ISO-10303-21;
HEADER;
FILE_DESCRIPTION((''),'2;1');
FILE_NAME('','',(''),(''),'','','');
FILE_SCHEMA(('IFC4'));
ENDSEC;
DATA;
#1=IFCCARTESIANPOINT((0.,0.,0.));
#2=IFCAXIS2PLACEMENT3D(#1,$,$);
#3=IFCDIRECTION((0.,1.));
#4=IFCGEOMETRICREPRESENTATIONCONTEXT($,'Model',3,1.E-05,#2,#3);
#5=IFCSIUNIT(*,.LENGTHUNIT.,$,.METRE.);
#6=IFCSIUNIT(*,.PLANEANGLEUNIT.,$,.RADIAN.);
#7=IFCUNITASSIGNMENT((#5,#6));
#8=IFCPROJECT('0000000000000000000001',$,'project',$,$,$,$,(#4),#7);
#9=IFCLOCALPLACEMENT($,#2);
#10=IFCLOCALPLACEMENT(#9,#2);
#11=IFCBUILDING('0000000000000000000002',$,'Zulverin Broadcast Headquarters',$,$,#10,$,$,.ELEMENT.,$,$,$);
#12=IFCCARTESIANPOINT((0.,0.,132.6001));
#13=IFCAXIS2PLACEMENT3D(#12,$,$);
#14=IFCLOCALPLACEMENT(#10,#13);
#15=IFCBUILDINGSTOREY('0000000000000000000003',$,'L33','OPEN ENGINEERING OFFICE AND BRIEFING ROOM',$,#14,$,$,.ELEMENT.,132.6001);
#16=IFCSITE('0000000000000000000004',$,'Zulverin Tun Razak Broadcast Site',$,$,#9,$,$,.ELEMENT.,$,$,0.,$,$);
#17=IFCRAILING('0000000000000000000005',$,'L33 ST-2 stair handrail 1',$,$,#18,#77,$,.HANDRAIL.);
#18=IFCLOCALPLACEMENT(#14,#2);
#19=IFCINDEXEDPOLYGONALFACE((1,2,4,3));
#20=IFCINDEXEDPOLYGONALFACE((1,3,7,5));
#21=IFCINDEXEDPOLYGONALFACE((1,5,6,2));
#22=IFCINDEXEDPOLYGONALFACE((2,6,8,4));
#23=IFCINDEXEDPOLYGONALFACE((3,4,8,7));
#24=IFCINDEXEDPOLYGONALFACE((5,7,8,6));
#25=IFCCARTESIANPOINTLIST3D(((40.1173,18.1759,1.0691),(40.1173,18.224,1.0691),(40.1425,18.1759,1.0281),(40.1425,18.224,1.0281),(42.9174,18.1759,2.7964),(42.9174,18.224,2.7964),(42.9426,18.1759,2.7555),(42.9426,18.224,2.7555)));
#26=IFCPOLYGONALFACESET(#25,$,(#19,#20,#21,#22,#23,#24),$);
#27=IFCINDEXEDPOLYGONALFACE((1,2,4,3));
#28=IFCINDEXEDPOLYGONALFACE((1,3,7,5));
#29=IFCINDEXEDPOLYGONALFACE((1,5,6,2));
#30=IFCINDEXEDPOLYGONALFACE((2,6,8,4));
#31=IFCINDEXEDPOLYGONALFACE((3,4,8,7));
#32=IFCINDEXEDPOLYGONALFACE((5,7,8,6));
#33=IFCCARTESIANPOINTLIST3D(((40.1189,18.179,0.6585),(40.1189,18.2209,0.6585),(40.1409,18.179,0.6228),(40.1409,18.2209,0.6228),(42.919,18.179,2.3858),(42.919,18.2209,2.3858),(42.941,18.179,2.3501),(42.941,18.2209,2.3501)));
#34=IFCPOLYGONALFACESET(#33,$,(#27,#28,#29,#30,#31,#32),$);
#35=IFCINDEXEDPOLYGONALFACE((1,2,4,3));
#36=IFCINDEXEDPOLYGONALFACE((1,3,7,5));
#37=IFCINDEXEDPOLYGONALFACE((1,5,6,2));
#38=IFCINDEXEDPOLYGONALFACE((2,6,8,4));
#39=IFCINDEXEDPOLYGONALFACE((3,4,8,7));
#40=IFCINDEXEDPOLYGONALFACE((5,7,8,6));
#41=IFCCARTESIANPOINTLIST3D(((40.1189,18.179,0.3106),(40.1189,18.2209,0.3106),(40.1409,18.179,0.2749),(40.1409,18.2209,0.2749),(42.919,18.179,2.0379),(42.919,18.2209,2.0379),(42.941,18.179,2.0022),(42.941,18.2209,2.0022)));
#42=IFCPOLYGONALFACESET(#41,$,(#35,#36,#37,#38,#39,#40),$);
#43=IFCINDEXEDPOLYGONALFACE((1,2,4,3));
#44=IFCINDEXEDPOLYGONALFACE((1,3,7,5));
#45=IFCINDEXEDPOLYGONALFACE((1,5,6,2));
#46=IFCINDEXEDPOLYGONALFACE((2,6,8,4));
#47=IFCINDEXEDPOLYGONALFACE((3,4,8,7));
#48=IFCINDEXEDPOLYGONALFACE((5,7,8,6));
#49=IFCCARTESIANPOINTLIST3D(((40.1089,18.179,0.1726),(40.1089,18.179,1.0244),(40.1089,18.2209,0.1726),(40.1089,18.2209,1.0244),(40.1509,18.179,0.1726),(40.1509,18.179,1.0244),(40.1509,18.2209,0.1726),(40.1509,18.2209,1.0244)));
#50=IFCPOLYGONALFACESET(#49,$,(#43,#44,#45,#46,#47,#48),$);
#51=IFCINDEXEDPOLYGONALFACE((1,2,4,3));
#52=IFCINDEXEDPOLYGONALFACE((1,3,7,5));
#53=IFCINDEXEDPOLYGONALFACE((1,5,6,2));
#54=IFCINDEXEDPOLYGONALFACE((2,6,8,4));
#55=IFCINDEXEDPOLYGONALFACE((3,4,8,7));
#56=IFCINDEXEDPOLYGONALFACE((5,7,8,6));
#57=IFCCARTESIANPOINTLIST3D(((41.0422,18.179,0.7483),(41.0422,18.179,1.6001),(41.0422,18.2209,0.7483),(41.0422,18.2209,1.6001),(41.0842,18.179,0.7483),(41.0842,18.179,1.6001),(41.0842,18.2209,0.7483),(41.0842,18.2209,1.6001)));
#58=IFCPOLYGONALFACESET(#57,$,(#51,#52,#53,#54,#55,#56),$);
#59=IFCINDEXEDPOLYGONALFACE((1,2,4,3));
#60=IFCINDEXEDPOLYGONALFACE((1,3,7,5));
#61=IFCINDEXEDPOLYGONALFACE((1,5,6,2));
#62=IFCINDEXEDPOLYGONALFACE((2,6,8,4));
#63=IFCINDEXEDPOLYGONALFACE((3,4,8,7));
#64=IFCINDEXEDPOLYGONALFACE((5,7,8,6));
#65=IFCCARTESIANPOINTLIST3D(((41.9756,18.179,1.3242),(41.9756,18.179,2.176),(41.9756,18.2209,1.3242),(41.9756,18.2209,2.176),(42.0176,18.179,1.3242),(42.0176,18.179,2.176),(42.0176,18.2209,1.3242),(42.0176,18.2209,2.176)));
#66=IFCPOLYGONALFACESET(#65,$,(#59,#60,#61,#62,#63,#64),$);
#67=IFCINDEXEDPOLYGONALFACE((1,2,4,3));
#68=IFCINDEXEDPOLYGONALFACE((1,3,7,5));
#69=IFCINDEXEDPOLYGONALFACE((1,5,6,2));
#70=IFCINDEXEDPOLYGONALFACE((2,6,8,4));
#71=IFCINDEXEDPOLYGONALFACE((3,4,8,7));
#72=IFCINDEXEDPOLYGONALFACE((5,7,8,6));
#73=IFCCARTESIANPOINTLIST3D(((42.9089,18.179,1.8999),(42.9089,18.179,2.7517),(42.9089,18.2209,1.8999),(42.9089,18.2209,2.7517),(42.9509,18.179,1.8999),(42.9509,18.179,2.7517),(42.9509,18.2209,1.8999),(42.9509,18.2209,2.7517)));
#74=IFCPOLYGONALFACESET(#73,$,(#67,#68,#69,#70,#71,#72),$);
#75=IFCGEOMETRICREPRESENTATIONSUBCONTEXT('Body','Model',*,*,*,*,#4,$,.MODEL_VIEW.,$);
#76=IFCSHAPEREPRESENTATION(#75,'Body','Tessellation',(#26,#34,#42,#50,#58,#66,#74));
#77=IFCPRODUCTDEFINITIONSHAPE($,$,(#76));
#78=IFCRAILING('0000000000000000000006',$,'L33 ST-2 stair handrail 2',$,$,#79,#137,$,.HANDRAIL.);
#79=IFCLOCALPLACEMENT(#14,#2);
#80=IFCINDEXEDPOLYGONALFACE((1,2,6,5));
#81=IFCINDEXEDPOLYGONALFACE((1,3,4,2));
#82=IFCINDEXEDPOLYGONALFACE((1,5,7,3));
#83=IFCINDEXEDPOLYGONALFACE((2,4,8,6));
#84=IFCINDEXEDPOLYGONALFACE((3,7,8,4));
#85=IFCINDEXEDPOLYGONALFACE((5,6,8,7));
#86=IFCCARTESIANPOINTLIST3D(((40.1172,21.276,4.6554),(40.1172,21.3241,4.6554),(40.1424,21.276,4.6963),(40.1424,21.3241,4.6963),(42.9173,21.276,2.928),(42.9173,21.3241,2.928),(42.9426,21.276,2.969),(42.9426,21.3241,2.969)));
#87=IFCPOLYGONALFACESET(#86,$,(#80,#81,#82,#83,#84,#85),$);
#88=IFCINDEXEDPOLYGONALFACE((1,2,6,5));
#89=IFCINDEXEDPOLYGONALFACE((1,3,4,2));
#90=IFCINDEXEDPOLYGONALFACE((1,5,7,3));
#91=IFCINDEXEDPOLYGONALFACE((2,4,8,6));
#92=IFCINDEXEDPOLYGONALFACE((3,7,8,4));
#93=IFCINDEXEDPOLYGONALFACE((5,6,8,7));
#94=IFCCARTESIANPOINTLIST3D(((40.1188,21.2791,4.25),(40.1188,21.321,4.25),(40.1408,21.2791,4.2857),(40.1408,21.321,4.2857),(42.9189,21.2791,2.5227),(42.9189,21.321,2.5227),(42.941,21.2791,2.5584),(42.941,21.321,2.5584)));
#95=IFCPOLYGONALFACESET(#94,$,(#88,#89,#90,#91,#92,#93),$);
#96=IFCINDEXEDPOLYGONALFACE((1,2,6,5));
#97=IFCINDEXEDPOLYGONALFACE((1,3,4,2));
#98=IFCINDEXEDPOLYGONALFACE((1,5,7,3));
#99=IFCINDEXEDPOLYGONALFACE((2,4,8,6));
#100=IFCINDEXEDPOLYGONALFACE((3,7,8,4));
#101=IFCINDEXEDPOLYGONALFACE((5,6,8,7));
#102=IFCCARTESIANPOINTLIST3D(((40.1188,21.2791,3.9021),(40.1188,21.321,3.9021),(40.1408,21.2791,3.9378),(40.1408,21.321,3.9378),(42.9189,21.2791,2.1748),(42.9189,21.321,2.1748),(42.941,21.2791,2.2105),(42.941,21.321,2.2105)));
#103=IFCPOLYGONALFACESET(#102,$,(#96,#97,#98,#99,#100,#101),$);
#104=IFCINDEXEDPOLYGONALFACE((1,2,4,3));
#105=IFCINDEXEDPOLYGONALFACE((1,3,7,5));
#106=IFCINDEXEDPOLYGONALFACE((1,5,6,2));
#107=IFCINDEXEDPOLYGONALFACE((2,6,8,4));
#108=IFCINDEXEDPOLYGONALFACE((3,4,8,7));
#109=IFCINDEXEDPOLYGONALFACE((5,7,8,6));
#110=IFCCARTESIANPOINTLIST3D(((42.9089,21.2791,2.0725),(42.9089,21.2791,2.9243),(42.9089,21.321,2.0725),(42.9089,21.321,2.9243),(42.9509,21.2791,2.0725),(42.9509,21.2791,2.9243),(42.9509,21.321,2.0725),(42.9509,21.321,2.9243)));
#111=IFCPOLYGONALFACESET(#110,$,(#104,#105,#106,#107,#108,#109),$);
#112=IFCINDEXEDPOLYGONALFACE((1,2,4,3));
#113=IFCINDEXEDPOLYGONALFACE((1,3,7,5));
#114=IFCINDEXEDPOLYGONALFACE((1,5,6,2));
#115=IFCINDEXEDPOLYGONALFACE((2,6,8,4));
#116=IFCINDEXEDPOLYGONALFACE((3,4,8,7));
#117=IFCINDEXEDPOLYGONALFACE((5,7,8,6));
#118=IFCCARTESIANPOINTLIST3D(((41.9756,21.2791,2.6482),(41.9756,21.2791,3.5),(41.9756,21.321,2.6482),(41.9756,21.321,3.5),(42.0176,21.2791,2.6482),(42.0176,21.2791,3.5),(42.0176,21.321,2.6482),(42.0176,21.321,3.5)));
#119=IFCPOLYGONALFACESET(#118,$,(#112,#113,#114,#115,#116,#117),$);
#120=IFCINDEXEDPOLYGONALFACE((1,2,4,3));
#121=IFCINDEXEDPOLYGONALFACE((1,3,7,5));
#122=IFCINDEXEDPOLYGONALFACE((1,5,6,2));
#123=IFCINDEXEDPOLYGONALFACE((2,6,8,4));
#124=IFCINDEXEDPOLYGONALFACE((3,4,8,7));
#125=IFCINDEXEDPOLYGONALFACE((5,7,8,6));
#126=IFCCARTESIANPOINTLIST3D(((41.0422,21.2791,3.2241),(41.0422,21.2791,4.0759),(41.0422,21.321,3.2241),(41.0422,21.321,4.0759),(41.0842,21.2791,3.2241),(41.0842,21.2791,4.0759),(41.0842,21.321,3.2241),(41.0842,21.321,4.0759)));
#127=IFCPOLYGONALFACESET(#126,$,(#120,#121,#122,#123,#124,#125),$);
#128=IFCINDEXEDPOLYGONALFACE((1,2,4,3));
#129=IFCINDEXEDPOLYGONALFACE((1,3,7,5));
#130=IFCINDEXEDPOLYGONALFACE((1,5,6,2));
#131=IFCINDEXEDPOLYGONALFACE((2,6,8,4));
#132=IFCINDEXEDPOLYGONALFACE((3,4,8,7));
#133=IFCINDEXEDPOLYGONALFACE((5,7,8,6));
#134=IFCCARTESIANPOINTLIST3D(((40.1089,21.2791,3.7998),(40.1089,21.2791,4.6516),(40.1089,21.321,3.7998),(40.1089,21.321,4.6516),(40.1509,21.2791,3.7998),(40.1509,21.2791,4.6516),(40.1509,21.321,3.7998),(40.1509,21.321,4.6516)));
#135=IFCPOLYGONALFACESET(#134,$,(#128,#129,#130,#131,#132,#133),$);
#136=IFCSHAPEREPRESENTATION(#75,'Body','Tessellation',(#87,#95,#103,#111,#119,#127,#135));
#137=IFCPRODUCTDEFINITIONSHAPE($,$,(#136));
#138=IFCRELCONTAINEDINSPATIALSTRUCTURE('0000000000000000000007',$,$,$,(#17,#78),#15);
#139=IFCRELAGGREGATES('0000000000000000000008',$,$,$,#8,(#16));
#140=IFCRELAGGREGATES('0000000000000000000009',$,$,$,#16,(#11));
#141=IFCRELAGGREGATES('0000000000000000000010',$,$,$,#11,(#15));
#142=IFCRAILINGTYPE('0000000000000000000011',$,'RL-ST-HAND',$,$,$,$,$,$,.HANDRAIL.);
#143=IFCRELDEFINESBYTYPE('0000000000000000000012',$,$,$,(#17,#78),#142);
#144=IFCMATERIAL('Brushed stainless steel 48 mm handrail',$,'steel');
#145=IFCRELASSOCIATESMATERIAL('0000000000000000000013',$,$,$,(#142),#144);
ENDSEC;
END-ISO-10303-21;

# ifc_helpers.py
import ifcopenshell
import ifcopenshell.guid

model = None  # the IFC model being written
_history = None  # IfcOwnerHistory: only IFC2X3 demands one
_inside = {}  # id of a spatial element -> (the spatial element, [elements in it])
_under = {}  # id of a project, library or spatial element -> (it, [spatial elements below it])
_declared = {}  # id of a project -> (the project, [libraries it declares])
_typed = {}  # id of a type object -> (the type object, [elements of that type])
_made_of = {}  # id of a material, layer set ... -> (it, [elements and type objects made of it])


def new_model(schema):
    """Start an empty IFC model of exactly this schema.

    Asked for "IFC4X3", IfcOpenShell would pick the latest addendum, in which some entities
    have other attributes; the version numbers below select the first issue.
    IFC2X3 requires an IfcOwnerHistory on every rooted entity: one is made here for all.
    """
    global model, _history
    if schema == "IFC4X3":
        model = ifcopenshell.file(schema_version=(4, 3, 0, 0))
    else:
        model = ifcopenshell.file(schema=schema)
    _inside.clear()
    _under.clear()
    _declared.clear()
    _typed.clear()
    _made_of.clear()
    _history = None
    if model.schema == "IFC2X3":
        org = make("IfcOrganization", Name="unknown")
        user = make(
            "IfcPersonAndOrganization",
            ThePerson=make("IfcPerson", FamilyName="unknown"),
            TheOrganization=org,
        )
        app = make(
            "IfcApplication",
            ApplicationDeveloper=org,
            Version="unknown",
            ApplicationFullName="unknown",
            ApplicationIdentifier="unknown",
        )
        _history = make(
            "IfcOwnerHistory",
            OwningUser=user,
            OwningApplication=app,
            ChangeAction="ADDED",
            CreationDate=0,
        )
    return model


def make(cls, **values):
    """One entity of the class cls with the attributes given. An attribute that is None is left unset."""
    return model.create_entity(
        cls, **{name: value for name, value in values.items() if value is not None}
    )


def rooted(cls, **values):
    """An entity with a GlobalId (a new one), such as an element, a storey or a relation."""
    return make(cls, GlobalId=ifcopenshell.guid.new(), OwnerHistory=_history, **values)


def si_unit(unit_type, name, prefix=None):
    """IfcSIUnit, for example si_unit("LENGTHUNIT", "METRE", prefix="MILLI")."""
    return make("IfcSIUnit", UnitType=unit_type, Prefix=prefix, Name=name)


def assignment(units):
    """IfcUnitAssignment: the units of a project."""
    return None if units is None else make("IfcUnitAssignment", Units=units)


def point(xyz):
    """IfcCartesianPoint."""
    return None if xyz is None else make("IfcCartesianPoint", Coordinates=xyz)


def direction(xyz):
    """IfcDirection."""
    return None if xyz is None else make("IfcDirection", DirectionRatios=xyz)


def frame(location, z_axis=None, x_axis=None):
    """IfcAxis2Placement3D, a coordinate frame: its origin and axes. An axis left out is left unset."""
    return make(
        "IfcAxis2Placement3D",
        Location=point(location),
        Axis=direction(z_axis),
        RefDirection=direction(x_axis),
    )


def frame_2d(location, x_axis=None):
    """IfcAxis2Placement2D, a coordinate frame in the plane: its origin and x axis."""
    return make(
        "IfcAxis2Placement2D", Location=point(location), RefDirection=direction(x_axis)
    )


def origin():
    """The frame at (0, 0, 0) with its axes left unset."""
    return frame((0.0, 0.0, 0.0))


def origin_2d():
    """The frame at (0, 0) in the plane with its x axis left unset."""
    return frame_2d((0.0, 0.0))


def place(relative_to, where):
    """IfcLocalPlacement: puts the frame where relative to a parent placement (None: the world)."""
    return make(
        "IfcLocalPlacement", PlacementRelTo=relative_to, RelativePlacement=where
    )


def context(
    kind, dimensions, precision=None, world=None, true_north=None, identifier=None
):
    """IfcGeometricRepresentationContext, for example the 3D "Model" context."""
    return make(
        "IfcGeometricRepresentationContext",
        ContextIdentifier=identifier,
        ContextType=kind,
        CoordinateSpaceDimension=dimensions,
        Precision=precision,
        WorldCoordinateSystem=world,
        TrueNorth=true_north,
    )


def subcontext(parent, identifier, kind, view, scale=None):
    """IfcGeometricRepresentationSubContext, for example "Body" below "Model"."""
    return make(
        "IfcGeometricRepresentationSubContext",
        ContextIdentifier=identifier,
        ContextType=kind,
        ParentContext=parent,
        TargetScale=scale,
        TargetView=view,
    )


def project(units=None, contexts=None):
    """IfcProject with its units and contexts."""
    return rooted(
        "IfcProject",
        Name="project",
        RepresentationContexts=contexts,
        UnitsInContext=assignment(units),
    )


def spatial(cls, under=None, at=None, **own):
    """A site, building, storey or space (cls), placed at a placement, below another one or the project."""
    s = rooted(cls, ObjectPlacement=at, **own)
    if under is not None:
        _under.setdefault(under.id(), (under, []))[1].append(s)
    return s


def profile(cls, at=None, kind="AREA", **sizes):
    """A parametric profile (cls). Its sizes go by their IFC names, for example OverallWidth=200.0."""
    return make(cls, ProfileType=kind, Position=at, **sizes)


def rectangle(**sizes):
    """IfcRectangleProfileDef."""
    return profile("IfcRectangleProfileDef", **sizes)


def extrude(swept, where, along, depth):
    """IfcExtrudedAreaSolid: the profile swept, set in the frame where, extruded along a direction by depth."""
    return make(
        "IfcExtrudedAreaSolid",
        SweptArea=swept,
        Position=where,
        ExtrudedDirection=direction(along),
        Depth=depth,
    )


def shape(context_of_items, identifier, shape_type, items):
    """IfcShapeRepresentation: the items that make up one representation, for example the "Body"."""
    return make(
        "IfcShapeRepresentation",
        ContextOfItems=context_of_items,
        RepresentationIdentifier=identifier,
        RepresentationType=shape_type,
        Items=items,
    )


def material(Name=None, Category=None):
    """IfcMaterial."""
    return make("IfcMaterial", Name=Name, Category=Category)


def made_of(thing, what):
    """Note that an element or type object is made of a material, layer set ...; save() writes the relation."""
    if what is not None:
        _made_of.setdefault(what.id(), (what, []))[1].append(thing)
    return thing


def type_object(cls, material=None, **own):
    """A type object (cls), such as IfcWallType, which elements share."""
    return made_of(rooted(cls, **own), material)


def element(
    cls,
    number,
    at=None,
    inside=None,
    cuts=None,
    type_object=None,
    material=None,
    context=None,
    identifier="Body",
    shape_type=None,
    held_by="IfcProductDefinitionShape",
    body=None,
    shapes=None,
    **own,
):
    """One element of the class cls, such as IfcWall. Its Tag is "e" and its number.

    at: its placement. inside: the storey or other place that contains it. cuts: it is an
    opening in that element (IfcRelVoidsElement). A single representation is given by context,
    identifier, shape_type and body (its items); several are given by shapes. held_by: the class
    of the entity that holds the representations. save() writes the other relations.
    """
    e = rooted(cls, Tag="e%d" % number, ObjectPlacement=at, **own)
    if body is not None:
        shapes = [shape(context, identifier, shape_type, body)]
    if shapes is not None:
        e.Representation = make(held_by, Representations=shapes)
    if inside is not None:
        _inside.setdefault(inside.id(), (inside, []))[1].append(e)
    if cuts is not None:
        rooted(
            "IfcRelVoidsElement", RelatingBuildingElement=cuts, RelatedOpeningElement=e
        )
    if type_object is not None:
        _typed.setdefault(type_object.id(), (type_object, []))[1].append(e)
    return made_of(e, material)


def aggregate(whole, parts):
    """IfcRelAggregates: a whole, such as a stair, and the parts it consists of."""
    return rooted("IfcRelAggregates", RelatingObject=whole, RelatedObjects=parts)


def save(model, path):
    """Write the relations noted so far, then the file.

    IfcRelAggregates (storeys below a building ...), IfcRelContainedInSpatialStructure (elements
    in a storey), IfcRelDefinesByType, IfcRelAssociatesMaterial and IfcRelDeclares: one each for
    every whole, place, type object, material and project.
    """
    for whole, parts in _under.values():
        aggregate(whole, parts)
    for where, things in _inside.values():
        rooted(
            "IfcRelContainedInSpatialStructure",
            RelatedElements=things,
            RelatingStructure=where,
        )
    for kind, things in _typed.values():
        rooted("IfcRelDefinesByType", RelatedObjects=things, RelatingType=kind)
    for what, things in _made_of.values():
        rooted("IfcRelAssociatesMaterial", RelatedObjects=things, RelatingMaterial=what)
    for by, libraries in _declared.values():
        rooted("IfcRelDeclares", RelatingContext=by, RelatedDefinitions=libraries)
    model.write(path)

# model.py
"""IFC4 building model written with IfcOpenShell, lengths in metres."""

from ifc_helpers import new_model, si_unit, direction, frame, origin, origin_2d, place, context, subcontext, project, spatial, rectangle, extrude, material, type_object, element, save


model = new_model("IFC4")

# Units and contexts
model_context = context("Model", 3, precision=1e-05, world=origin(), true_north=direction((0.0, 1.0)))
body_context = subcontext(model_context, "Body", "Model", "MODEL_VIEW")
ifc_project = project(units=[si_unit("LENGTHUNIT", "METRE"), si_unit("PLANEANGLEUNIT", "RADIAN")], contexts=[model_context])

# Site, building, storey
site_placement = place(None, origin())
site = spatial("IfcSite", under=ifc_project, at=site_placement, Name="Zulverin Tun Razak Broadcast Site", CompositionType="ELEMENT", RefElevation=0.0)
building_placement = place(site_placement, origin())
building = spatial("IfcBuilding", under=site, at=building_placement, Name="Zulverin Broadcast Headquarters", CompositionType="ELEMENT")
storey_placement = place(building_placement, frame((0.0, 0.0, 132.6001)))
storey = spatial("IfcBuildingStorey", under=building, at=storey_placement, Name="L33", Description="OPEN ENGINEERING OFFICE AND BRIEFING ROOM", CompositionType="ELEMENT", Elevation=132.6001)

# Railings
ifc_material_1 = material(Name="Brushed stainless steel 48 mm handrail", Category="steel")
railing_type_1 = type_object("IfcRailingType", Name="RL-ST-HAND", PredefinedType="HANDRAIL", material=ifc_material_1)
railing_1_placement = place(storey_placement, frame((40.1299, 18.2, 0.1726)))
element("IfcRailing", 1, at=railing_1_placement, inside=storey, type_object=railing_type_1, Name="L33 ST-2 stair handrail 1", PredefinedType="HANDRAIL", context=body_context, shape_type="SweptSolid", body=[
    extrude(rectangle(XDim=0.0481, YDim=0.0481, at=origin_2d()), frame((0.0, 0.0, 0.876), z_axis=(0.85109, 0.0, 0.52502), x_axis=(0.0, 1.0, 0.0)), (0.0, 0.0, 1.0), 3.29),
    extrude(rectangle(XDim=0.042, YDim=0.042, at=origin_2d()), frame((0.0, 0.0, 0.468), z_axis=(0.85109, 0.0, 0.52502), x_axis=(0.0, 1.0, 0.0)), (0.0, 0.0, 1.0), 3.29),
    extrude(rectangle(XDim=0.042, YDim=0.042, at=origin_2d()), frame((0.0, 0.0, 0.1201), z_axis=(0.85109, 0.0, 0.52502), x_axis=(0.0, 1.0, 0.0)), (0.0, 0.0, 1.0), 3.29),
    extrude(rectangle(XDim=0.042, YDim=0.042, at=origin_2d()), origin(), (0.0, 0.0, 1.0), 0.8518),
    extrude(rectangle(XDim=0.042, YDim=0.042, at=origin_2d()), frame((0.9333, 0.0, 0.5757)), (0.0, 0.0, 1.0), 0.8518),
    extrude(rectangle(XDim=0.042, YDim=0.042, at=origin_2d()), frame((1.8667, 0.0, 1.1516)), (0.0, 0.0, 1.0), 0.8518),
    extrude(rectangle(XDim=0.042, YDim=0.042, at=origin_2d()), frame((2.8, 0.0, 1.7273)), (0.0, 0.0, 1.0), 0.8518),
])
railing_2_placement = place(storey_placement, frame((42.9299, 21.3, 2.0725)))
element("IfcRailing", 2, at=railing_2_placement, inside=storey, type_object=railing_type_1, Name="L33 ST-2 stair handrail 2", PredefinedType="HANDRAIL", context=body_context, shape_type="SweptSolid", body=[
    extrude(rectangle(XDim=0.0481, YDim=0.0481, at=origin_2d()), frame((0.0, 0.0, 0.876), z_axis=(-0.85109, 0.0, 0.52502), x_axis=(0.0, -1.0, 0.0)), (0.0, 0.0, 1.0), 3.29),
    extrude(rectangle(XDim=0.042, YDim=0.042, at=origin_2d()), frame((0.0, 0.0, 0.468), z_axis=(-0.85109, 0.0, 0.52502), x_axis=(0.0, -1.0, 0.0)), (0.0, 0.0, 1.0), 3.29),
    extrude(rectangle(XDim=0.042, YDim=0.042, at=origin_2d()), frame((0.0, 0.0, 0.1201), z_axis=(-0.85109, 0.0, 0.52502), x_axis=(0.0, -1.0, 0.0)), (0.0, 0.0, 1.0), 3.29),
    extrude(rectangle(XDim=0.042, YDim=0.042, at=origin_2d()), origin(), (0.0, 0.0, 1.0), 0.8518),
    extrude(rectangle(XDim=0.042, YDim=0.042, at=origin_2d()), frame((-0.9333, 0.0, 0.5757)), (0.0, 0.0, 1.0), 0.8518),
    extrude(rectangle(XDim=0.042, YDim=0.042, at=origin_2d()), frame((-1.8667, 0.0, 1.1516)), (0.0, 0.0, 1.0), 0.8518),
    extrude(rectangle(XDim=0.042, YDim=0.042, at=origin_2d()), frame((-2.8, 0.0, 1.7273)), (0.0, 0.0, 1.0), 0.8518),
])

save(model, "model.ifc")
